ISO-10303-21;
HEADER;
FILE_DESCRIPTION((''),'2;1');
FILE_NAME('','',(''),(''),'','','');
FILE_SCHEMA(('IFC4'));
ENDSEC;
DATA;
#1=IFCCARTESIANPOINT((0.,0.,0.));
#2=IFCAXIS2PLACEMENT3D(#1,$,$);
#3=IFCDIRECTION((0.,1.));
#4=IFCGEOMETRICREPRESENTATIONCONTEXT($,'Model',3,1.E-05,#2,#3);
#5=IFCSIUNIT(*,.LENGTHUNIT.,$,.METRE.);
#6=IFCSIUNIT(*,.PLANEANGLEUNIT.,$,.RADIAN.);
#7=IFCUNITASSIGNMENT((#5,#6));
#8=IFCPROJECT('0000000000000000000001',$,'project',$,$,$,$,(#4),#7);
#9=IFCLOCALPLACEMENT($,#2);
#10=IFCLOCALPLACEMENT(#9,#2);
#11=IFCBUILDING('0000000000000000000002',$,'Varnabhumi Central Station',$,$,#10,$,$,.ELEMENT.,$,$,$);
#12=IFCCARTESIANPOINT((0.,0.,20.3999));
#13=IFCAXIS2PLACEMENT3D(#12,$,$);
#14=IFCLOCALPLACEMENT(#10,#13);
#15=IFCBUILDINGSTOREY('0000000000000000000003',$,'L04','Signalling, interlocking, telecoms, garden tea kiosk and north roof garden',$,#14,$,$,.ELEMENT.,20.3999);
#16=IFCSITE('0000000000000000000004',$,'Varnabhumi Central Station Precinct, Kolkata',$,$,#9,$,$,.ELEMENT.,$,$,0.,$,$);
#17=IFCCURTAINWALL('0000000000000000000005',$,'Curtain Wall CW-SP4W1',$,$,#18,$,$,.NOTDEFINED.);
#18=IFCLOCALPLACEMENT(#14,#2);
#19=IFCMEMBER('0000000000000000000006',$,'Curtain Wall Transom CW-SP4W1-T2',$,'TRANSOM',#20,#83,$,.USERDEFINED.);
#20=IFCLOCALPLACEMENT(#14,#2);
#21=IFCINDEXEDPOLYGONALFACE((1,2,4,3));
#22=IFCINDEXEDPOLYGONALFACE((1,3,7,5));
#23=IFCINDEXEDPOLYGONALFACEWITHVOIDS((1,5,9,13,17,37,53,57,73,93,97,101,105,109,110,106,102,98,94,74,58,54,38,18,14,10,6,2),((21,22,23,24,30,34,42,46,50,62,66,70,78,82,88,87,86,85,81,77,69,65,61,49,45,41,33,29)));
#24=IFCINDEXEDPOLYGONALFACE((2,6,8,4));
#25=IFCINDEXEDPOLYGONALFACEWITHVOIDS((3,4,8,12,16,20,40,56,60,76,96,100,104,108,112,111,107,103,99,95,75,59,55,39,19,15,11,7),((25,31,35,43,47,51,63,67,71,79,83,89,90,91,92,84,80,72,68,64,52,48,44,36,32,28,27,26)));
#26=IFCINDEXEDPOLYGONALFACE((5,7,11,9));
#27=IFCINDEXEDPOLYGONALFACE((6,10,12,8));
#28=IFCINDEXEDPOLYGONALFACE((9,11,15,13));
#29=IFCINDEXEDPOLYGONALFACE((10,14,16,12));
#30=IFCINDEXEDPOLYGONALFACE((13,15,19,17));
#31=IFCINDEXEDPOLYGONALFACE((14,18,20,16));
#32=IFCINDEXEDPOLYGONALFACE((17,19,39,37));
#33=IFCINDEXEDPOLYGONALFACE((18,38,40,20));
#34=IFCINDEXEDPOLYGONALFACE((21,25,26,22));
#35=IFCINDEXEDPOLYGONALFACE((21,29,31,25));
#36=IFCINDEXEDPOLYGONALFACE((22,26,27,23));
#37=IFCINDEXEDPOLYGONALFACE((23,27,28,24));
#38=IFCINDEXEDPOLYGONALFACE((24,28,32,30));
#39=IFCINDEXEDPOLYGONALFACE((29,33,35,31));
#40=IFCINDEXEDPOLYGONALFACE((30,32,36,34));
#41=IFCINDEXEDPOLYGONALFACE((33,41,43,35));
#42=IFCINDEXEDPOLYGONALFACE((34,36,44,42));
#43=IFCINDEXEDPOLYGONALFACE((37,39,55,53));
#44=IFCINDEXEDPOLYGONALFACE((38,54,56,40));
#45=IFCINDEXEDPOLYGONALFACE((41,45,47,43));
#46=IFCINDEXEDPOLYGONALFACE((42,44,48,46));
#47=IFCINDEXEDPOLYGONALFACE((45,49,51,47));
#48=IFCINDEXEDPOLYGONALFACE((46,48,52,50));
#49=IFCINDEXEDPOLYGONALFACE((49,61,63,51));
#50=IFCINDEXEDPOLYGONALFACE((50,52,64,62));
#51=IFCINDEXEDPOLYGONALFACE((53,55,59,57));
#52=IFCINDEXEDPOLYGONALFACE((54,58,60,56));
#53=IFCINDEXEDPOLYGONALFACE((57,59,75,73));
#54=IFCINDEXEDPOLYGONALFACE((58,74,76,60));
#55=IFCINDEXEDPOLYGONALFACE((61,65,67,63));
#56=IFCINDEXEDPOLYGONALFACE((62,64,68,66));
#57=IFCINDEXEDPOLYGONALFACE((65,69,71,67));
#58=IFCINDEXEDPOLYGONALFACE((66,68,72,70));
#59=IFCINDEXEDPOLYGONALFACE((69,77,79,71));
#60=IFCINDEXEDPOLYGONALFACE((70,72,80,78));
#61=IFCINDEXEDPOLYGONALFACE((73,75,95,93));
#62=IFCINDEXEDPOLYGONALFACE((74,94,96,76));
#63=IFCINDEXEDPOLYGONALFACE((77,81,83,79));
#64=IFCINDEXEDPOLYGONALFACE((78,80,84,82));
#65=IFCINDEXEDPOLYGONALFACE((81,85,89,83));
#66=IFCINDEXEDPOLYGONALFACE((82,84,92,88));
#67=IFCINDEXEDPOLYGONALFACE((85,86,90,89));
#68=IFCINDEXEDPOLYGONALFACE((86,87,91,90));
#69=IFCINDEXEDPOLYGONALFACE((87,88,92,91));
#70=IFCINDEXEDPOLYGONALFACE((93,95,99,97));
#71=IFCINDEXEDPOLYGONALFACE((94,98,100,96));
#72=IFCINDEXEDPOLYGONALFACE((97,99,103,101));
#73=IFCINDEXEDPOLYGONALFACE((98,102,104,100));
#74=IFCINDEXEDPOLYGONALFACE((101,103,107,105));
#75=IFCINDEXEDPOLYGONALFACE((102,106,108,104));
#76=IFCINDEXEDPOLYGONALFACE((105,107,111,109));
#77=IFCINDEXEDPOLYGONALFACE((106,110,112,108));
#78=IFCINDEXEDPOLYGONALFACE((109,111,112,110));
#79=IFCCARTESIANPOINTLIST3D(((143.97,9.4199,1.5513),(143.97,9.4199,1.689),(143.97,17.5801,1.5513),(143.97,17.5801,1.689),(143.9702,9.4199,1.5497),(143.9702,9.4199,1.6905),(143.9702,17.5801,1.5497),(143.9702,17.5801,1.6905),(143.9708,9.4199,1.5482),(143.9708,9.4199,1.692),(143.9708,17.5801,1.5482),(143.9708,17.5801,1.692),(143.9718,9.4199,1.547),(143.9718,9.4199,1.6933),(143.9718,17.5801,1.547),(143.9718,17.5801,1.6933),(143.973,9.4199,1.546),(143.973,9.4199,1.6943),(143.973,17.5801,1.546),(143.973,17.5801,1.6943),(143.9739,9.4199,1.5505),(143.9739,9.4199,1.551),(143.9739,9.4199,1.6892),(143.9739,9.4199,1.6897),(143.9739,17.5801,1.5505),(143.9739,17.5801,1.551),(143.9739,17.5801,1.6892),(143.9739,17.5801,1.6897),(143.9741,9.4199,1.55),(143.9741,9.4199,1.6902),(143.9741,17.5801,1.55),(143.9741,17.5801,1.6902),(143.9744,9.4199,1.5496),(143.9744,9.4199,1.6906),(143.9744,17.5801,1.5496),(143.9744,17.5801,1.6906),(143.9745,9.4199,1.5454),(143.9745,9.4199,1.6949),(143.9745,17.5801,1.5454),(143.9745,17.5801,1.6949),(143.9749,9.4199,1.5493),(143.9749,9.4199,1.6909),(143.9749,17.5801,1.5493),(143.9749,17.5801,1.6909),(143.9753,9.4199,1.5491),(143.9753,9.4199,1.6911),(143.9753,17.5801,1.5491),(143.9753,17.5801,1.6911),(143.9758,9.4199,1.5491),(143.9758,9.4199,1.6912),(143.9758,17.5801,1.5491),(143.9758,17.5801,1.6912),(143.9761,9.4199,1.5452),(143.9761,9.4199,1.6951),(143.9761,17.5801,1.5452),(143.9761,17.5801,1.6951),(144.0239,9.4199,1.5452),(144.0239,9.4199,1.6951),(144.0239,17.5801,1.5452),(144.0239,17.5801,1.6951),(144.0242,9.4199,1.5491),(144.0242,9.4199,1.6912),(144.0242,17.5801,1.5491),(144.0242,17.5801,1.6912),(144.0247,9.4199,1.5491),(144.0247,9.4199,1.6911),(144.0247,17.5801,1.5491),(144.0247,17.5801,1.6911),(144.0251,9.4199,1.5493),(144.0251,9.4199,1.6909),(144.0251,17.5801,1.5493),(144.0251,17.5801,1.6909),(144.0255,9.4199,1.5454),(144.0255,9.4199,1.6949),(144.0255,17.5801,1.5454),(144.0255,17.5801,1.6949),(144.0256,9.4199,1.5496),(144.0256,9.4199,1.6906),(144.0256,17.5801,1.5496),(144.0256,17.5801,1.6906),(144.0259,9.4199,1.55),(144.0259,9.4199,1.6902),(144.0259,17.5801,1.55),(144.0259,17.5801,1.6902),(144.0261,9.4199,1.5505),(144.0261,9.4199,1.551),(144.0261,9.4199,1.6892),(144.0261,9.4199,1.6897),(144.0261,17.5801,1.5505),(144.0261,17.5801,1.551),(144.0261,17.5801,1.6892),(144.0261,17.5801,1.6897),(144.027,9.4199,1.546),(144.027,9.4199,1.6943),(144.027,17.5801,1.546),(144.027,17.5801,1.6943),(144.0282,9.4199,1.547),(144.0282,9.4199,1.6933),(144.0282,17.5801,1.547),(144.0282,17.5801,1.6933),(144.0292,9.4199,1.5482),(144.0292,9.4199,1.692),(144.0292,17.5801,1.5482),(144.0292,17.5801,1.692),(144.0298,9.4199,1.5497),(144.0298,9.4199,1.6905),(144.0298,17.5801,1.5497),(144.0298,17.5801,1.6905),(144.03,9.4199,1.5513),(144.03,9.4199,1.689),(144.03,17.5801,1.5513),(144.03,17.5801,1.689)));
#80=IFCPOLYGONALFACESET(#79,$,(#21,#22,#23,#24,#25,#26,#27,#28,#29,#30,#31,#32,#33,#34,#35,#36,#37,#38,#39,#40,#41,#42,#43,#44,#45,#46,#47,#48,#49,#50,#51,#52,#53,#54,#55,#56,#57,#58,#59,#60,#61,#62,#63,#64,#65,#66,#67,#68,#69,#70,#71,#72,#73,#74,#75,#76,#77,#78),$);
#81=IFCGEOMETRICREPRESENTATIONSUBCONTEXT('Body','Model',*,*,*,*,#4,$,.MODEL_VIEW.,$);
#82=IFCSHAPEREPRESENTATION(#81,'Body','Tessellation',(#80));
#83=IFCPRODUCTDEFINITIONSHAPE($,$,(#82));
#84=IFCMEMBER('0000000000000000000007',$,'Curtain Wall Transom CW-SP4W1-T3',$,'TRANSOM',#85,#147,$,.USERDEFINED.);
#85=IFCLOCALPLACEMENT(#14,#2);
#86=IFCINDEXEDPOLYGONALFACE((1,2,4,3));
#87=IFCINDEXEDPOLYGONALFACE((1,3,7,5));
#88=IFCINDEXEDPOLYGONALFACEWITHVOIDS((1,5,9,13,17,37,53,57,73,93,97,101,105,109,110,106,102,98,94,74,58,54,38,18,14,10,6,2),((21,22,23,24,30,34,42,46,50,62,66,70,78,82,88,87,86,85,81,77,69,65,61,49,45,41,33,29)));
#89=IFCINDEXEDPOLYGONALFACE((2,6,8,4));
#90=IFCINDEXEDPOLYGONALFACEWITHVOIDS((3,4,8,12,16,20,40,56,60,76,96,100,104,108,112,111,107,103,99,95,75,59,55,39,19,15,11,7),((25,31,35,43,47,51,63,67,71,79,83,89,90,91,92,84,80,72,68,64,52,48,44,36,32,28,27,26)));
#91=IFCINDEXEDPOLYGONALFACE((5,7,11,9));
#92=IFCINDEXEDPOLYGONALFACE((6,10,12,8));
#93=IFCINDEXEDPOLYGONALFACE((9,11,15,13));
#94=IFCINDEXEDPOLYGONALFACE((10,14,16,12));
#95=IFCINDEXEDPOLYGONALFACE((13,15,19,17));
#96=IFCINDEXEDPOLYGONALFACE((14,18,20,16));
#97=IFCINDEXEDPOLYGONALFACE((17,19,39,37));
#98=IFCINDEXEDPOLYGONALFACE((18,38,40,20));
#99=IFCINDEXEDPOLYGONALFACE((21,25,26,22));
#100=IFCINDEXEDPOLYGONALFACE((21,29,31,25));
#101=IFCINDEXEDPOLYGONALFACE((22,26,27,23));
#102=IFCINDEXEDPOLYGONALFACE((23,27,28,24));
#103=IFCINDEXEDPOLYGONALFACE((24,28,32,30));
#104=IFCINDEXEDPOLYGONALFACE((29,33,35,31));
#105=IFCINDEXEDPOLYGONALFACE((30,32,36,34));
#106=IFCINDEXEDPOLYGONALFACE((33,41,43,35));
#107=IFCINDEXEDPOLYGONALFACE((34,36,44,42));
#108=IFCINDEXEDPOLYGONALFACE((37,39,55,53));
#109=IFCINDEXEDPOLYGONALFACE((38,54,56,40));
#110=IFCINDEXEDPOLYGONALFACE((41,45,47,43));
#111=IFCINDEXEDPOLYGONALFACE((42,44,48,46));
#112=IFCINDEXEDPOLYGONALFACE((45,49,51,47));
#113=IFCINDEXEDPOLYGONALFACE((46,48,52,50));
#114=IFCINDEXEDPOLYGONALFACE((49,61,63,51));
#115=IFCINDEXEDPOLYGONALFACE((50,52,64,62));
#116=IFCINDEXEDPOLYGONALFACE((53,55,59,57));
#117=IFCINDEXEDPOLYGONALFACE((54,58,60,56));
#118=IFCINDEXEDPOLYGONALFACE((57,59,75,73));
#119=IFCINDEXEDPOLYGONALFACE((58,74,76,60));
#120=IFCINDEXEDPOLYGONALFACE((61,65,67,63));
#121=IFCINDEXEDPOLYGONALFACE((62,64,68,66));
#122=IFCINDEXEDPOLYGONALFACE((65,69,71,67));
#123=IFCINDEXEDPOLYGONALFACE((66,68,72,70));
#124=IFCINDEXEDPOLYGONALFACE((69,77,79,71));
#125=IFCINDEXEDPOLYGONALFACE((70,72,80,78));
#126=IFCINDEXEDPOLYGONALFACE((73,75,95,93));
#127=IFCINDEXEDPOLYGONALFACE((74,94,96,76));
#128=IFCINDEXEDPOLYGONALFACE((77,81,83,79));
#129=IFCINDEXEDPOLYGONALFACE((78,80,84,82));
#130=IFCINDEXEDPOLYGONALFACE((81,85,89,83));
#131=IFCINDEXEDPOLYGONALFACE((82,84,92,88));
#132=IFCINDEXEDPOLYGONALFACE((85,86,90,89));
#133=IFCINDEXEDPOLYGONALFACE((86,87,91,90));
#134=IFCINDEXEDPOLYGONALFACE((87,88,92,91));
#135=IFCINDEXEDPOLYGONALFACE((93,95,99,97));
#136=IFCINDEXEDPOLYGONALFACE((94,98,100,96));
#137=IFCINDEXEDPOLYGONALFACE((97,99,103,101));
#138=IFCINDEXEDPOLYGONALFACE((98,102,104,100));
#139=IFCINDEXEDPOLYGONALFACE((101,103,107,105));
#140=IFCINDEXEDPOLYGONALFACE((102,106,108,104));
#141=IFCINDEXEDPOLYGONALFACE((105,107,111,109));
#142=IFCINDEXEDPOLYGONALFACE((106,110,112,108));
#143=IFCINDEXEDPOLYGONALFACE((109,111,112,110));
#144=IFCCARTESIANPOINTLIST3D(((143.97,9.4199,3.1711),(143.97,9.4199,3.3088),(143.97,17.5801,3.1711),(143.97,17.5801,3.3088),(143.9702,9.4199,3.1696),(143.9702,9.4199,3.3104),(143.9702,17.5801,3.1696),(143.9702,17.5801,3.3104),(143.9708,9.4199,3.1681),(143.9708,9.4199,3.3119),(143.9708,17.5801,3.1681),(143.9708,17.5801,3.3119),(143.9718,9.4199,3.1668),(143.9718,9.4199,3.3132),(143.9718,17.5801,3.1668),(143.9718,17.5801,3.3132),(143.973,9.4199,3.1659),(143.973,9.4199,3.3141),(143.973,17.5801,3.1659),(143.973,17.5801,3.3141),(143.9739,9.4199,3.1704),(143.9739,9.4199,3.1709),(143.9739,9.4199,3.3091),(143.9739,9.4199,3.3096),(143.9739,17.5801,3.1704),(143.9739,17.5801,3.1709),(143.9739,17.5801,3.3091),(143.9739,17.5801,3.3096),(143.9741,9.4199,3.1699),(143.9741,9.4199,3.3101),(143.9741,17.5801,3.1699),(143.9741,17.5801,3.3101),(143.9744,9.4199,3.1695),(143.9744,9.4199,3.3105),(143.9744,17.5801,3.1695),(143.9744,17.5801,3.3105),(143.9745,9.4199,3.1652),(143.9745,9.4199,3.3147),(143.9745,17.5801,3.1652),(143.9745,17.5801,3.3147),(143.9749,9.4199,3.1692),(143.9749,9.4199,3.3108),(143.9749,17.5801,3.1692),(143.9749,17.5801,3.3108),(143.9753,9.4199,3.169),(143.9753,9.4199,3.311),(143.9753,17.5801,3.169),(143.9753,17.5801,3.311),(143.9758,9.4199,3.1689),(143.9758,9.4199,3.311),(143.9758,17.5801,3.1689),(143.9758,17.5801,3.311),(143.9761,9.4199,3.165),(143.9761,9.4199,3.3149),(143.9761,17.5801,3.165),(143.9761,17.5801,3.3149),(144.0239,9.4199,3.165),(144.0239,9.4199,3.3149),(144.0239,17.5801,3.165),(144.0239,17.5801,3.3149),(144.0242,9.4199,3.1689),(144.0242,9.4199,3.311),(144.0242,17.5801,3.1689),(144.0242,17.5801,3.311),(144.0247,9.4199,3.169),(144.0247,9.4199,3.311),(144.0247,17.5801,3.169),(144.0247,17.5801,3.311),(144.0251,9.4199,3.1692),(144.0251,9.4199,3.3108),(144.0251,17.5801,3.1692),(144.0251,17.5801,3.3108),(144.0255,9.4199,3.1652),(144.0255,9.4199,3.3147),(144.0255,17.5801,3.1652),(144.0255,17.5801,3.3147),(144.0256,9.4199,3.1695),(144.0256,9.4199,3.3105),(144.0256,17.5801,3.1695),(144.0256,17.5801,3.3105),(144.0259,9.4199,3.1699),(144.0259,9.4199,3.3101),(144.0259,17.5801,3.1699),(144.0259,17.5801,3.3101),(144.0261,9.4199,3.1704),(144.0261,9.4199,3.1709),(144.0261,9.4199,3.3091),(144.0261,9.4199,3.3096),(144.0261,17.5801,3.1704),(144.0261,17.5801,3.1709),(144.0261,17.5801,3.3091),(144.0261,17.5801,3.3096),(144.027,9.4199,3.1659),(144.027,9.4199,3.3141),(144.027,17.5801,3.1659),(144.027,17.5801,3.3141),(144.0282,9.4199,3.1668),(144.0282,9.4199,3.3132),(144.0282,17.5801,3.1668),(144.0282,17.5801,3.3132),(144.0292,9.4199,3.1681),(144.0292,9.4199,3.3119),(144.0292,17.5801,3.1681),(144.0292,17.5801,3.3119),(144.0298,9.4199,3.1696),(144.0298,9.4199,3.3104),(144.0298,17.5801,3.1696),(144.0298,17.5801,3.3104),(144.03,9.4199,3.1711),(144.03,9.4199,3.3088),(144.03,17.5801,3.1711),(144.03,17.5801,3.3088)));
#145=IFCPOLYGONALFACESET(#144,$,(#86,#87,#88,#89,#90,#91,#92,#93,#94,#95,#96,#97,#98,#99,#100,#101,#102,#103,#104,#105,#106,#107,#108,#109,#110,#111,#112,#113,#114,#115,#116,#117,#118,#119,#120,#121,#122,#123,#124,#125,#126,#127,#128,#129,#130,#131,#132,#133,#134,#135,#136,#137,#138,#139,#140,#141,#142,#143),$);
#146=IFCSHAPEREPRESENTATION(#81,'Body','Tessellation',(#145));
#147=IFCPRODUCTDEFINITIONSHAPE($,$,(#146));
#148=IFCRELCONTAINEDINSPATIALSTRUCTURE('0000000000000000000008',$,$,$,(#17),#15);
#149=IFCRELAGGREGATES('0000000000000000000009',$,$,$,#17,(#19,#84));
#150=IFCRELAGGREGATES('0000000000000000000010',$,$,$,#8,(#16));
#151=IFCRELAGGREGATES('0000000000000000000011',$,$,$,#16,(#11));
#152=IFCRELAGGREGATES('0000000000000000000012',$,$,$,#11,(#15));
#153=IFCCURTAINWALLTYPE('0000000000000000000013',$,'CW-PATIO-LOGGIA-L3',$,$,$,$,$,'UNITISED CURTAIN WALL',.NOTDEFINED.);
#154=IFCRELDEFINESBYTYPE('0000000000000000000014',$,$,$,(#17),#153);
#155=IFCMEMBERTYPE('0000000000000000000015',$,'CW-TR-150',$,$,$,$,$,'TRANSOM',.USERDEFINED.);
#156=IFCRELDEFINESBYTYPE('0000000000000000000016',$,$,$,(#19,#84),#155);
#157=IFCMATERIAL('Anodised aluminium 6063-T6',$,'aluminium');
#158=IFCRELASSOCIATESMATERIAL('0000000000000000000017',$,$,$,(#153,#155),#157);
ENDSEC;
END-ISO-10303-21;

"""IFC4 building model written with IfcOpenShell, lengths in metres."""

from ifc_helpers import new_model, si_unit, direction, frame, origin, origin_2d, place, context, subcontext, project, spatial, hollow_rectangle, extrude, material, material_profile, profile_set, type_object, element, aggregate, save


model = new_model("IFC4")

# Units and contexts
model_context = context("Model", 3, precision=1e-05, world=origin(), true_north=direction((0.0, 1.0)))
body_context = subcontext(model_context, "Body", "Model", "MODEL_VIEW")
ifc_project = project(units=[si_unit("LENGTHUNIT", "METRE"), si_unit("PLANEANGLEUNIT", "RADIAN")], contexts=[model_context])

# Site, building, storey
site_placement = place(None, origin())
site = spatial("IfcSite", under=ifc_project, at=site_placement, Name="Varnabhumi Central Station Precinct, Kolkata", CompositionType="ELEMENT", RefElevation=0.0)
building_placement = place(site_placement, origin())
building = spatial("IfcBuilding", under=site, at=building_placement, Name="Varnabhumi Central Station", CompositionType="ELEMENT")
storey_placement = place(building_placement, frame((0.0, 0.0, 20.3999)))
storey = spatial("IfcBuildingStorey", under=building, at=storey_placement, Name="L04", Description="Signalling, interlocking, telecoms, garden tea kiosk and north roof garden", CompositionType="ELEMENT", Elevation=20.3999)

# Curtain wall
ifc_material_1 = material(Name="Anodised aluminium 6063-T6", Category="aluminium")
curtain_wall_type = type_object("IfcCurtainWallType", Name="CW-PATIO-LOGGIA-L3", ElementType="UNITISED CURTAIN WALL", PredefinedType="NOTDEFINED", material=ifc_material_1)
curtain_wall_1_placement = place(storey_placement, origin())
curtain_wall_1 = element("IfcCurtainWall", 1, at=curtain_wall_1_placement, inside=storey, type_object=curtain_wall_type, Name="Curtain Wall CW-SP4W1", PredefinedType="NOTDEFINED")

# Members
ifc_material_profile_1 = material_profile(ifc_material_1, hollow_rectangle(XDim=0.0601, YDim=0.1499, WallThickness=0.0039, InnerFilletRadius=0.002, OuterFilletRadius=0.0061, at=origin_2d()), Name="Anodised aluminium 6063-T6", Category="aluminium")
ifc_profile_set_1 = profile_set([ifc_material_profile_1], Name="Anodised aluminium 6063-T6")
member_type_1 = type_object("IfcMemberType", Name="CW-TR-150", ElementType="TRANSOM", PredefinedType="USERDEFINED", material=ifc_profile_set_1)
member_1_placement = place(storey_placement, frame((144.0, 9.4199, 1.6201), z_axis=(0.0, 1.0, 0.0), x_axis=(-1.0, 0.0, 0.0)))
member_1 = element("IfcMember", 2, at=member_1_placement, type_object=member_type_1, Name="Curtain Wall Transom CW-SP4W1-T2", ObjectType="TRANSOM", PredefinedType="USERDEFINED", context=body_context, shape_type="SweptSolid", body=[
    extrude(hollow_rectangle(XDim=0.0601, YDim=0.1499, WallThickness=0.0039, InnerFilletRadius=0.002, OuterFilletRadius=0.0061, at=origin_2d()), origin(), (0.0, 0.0, 1.0), 8.1602),
])
member_2_placement = place(storey_placement, frame((144.0, 9.4199, 3.24), z_axis=(0.0, 1.0, 0.0), x_axis=(-1.0, 0.0, 0.0)))
member_2 = element("IfcMember", 3, at=member_2_placement, type_object=member_type_1, Name="Curtain Wall Transom CW-SP4W1-T3", ObjectType="TRANSOM", PredefinedType="USERDEFINED", context=body_context, shape_type="SweptSolid", body=[
    extrude(hollow_rectangle(XDim=0.0601, YDim=0.1499, WallThickness=0.0039, InnerFilletRadius=0.002, OuterFilletRadius=0.0061, at=origin_2d()), origin(), (0.0, 0.0, 1.0), 8.1602),
])
aggregate(curtain_wall_1, [member_1, member_2])

save(model, "model.ifc")
